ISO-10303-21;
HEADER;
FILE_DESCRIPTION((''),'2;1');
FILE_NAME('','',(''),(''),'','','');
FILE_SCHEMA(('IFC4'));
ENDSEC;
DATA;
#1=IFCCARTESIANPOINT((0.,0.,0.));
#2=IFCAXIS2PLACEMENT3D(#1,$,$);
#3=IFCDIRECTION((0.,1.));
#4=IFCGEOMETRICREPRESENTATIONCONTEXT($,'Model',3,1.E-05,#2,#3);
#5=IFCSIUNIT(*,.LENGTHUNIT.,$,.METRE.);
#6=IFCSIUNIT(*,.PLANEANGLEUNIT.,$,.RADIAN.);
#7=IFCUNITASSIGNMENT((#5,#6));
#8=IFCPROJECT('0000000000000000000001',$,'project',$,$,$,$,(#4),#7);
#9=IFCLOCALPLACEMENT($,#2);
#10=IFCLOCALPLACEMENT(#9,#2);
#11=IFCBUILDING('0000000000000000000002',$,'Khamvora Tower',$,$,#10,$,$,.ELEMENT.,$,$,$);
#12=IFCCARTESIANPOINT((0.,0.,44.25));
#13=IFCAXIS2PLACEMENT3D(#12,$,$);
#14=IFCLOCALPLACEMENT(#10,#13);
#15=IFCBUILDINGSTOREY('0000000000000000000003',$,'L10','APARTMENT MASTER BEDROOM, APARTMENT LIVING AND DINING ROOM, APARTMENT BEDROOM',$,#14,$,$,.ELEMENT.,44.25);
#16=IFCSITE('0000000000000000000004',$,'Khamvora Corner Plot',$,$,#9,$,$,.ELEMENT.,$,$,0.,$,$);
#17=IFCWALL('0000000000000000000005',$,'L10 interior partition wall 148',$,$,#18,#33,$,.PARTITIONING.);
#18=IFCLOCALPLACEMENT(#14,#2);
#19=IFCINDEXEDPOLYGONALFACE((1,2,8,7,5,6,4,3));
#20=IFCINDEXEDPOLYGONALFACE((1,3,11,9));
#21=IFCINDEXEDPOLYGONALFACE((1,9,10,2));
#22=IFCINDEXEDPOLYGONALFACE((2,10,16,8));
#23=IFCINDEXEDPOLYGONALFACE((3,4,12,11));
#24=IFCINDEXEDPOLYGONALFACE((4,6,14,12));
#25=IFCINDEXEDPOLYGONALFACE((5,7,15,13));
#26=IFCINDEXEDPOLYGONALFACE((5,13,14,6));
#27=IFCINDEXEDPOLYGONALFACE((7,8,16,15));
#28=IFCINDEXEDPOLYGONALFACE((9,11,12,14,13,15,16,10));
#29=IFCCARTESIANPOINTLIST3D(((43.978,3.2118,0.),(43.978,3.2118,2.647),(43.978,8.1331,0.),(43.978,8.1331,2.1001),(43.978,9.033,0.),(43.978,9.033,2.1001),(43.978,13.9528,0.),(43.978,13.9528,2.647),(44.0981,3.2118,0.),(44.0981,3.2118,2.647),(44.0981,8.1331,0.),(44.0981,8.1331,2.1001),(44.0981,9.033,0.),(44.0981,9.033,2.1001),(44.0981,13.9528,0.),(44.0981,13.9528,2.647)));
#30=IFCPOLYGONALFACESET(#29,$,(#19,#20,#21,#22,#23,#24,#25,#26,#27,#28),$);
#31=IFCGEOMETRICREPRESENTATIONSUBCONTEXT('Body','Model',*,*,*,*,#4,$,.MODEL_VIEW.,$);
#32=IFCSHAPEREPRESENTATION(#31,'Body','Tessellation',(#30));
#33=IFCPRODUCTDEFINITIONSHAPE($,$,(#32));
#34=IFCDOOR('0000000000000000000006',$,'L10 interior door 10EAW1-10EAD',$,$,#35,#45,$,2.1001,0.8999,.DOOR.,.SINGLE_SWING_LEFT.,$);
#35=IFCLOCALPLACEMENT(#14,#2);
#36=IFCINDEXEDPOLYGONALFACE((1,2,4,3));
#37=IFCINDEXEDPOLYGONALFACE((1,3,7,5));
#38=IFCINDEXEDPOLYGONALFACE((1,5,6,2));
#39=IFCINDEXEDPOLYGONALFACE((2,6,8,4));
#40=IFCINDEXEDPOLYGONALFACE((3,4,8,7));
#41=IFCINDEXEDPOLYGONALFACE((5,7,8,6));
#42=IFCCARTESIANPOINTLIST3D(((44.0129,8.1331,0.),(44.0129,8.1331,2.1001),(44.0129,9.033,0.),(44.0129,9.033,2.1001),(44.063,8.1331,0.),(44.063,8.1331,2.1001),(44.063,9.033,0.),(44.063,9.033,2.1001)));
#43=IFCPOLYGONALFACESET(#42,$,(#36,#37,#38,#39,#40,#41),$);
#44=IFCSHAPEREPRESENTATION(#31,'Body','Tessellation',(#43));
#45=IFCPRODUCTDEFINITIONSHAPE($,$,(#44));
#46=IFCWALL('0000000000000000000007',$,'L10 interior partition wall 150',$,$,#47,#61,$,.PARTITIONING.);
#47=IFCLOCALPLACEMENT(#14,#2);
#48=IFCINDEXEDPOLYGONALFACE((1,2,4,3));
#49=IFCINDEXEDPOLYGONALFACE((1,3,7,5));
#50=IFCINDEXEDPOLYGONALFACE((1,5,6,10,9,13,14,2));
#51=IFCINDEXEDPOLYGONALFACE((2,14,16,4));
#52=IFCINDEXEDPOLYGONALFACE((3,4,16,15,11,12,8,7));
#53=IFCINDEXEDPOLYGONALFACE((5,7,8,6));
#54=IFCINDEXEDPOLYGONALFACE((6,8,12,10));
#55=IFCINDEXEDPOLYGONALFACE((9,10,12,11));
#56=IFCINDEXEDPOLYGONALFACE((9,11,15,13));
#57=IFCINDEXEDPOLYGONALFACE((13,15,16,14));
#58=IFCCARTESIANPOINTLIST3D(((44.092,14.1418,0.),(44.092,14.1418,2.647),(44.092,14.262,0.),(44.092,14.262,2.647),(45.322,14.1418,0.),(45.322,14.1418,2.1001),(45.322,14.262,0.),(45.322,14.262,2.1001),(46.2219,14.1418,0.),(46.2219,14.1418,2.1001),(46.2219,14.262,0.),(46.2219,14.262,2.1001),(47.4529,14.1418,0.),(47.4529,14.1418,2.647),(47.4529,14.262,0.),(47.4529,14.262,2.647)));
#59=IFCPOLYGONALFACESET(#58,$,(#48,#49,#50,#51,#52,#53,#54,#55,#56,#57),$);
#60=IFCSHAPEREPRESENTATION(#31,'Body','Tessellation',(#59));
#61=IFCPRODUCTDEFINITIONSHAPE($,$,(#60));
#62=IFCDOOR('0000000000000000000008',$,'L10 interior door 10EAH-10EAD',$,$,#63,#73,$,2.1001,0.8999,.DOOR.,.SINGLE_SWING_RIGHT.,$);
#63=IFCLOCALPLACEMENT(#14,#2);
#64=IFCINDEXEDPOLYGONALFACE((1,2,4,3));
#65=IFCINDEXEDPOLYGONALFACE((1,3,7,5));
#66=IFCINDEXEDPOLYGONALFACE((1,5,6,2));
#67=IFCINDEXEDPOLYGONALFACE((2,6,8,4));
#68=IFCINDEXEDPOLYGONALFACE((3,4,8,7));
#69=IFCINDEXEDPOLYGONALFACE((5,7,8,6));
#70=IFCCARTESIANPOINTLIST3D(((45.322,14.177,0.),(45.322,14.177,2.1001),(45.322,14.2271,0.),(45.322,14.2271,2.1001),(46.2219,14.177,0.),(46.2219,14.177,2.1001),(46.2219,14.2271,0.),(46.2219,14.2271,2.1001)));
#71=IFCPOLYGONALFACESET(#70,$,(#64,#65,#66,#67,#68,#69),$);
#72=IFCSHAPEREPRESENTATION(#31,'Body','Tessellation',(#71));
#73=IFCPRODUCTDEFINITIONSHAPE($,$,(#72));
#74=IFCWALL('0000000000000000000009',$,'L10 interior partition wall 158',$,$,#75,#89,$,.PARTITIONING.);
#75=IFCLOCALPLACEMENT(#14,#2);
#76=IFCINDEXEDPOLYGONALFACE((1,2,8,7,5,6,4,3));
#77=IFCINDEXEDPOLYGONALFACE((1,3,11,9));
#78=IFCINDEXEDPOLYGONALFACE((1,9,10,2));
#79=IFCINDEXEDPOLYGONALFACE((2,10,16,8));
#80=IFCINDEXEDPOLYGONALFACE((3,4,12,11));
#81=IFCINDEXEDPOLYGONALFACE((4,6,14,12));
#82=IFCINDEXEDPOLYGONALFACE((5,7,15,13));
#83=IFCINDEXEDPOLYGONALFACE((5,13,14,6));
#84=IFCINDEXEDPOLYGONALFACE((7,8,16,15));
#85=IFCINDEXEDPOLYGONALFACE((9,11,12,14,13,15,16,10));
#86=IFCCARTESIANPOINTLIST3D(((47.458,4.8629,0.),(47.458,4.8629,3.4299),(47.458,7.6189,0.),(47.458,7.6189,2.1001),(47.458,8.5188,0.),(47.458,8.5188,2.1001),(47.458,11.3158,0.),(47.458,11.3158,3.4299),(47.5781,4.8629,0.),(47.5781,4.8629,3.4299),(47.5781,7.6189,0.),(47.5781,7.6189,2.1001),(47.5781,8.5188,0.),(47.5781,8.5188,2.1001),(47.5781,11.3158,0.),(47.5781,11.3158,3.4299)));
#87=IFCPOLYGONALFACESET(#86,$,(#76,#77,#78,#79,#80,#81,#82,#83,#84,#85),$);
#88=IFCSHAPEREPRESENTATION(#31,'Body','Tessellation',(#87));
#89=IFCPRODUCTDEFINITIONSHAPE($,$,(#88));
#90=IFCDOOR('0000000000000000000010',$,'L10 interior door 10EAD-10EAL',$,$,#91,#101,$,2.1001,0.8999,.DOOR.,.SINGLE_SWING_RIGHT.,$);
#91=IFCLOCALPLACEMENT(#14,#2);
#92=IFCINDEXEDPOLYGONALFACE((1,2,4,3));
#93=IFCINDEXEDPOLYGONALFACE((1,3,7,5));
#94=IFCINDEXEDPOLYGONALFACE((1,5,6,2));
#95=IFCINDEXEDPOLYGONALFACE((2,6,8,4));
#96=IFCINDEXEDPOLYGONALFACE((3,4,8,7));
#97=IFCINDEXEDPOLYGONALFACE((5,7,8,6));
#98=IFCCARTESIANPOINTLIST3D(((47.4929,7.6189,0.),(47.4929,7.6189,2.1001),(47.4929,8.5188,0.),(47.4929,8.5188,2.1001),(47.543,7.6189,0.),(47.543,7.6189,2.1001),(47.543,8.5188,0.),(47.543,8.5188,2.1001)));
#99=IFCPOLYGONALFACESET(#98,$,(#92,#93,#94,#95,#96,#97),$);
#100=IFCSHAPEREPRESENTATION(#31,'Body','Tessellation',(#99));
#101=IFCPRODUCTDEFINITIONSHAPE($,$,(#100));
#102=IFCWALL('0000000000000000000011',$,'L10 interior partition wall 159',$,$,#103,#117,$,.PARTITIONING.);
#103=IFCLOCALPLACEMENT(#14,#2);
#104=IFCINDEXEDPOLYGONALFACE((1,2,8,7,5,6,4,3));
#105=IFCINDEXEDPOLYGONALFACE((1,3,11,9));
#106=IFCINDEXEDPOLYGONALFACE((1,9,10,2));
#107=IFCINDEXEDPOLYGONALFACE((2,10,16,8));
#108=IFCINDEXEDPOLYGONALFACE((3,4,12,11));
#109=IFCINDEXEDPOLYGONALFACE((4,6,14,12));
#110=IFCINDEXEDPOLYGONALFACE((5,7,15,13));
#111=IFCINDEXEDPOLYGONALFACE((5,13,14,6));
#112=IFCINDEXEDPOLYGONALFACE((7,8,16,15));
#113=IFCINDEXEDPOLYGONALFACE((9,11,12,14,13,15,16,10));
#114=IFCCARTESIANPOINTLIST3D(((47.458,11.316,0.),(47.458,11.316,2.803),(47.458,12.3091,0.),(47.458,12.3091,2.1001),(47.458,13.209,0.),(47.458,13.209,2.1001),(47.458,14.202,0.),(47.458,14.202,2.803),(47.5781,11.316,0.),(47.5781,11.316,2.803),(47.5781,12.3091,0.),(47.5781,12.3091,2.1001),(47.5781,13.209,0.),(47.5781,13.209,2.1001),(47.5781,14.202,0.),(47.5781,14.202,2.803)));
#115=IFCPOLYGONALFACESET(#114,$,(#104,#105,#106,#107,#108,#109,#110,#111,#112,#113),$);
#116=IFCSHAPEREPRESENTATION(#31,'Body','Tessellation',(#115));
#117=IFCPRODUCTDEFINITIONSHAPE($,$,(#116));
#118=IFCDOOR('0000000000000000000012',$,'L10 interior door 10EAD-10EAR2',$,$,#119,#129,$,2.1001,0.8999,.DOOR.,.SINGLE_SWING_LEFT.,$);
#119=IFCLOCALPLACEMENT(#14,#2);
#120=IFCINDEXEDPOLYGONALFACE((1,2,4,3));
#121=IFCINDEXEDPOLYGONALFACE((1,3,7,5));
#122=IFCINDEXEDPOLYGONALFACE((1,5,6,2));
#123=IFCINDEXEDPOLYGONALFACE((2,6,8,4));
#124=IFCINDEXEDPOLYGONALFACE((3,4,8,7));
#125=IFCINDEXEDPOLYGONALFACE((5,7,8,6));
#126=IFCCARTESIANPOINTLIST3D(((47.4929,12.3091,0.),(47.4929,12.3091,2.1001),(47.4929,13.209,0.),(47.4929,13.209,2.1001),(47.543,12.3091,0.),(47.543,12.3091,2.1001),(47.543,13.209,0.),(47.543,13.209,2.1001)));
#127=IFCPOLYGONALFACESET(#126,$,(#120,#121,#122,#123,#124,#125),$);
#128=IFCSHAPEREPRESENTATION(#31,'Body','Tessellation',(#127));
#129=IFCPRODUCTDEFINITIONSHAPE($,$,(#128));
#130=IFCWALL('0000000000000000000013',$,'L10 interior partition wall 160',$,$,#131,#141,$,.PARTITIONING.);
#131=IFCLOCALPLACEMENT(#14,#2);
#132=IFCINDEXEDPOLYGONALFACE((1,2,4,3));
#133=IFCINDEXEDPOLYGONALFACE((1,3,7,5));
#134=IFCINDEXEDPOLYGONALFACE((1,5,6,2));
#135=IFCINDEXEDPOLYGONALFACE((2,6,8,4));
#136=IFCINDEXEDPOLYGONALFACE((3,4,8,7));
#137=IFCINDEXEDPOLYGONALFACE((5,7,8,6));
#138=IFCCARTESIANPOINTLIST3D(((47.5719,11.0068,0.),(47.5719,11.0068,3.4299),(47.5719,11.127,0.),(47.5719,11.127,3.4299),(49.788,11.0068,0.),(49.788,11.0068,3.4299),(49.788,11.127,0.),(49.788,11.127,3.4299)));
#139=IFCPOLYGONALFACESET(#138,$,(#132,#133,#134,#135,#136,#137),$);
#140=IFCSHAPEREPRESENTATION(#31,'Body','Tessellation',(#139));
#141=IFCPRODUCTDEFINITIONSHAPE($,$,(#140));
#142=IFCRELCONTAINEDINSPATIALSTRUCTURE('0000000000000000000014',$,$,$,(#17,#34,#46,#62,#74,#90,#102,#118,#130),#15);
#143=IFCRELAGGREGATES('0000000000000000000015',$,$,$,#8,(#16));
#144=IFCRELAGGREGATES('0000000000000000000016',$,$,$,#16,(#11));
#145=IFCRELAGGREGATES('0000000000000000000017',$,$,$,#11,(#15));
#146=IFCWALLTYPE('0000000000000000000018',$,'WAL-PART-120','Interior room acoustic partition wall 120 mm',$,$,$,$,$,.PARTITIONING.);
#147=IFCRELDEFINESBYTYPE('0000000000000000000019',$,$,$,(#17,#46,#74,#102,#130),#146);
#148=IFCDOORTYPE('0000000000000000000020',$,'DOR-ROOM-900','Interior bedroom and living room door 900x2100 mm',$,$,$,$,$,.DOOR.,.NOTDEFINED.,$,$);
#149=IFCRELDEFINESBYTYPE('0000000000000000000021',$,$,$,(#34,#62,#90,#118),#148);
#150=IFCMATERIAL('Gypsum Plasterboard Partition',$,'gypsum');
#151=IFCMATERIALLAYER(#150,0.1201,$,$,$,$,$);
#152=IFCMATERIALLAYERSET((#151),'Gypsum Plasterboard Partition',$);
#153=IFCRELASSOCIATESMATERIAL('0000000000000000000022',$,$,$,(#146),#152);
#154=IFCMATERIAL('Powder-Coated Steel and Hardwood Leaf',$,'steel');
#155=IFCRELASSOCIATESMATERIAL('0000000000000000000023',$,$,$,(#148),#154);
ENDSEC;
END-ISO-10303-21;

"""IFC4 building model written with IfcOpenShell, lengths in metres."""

from ifc_helpers import new_model, si_unit, direction, frame, frame_2d, origin, place, context, subcontext, project, spatial, rectangle, extrude, material, layer, layer_set, type_object, element, fill, save


model = new_model("IFC4")

# Units and contexts
model_context = context("Model", 3, precision=1e-05, world=origin(), true_north=direction((0.0, 1.0)))
body_context = subcontext(model_context, "Body", "Model", "MODEL_VIEW")
ifc_project = project(units=[si_unit("LENGTHUNIT", "METRE"), si_unit("PLANEANGLEUNIT", "RADIAN")], contexts=[model_context])

# Site, building, storey
site_placement = place(None, origin())
site = spatial("IfcSite", under=ifc_project, at=site_placement, Name="Khamvora Corner Plot", CompositionType="ELEMENT", RefElevation=0.0)
building_placement = place(site_placement, origin())
building = spatial("IfcBuilding", under=site, at=building_placement, Name="Khamvora Tower", CompositionType="ELEMENT")
storey_placement = place(building_placement, frame((0.0, 0.0, 44.25)))
storey = spatial("IfcBuildingStorey", under=building, at=storey_placement, Name="L10", Description="APARTMENT MASTER BEDROOM, APARTMENT LIVING AND DINING ROOM, APARTMENT BEDROOM", CompositionType="ELEMENT", Elevation=44.25)

# Walls, openings, doors
ifc_material_1 = material(Name="Gypsum Plasterboard Partition", Category="gypsum")
ifc_layer_1 = layer(ifc_material_1, 0.1201)
ifc_layer_set_1 = layer_set([ifc_layer_1], Name="Gypsum Plasterboard Partition")
wall_type_1 = type_object("IfcWallType", Name="WAL-PART-120", Description="Interior room acoustic partition wall 120 mm", PredefinedType="PARTITIONING", material=ifc_layer_set_1)
wall_1_placement = place(storey_placement, frame((44.0381, 13.9529, 0.0), z_axis=(0.0, 0.0, 1.0), x_axis=(0.0, -1.0, 0.0)))
wall_1 = element("IfcWall", 1, at=wall_1_placement, inside=storey, type_object=wall_type_1, Name="L10 interior partition wall 148", PredefinedType="PARTITIONING", context=body_context, shape_type="SweptSolid", body=[
    extrude(rectangle(XDim=10.741, YDim=0.1201, at=frame_2d((5.3706, 0.0))), origin(), (0.0, 0.0, 1.0), 2.647),
])
opening_1_placement = place(wall_1_placement, frame((4.9199, 0.0, 0.0)))
opening_1 = element("IfcOpeningElement", 2, at=opening_1_placement, cuts=wall_1, PredefinedType="OPENING", context=body_context, shape_type="SweptSolid", body=[
    extrude(rectangle(XDim=0.8999, YDim=2.1001, at=frame_2d((0.45, 1.05))), frame((0.0, 0.0701, 0.0), z_axis=(0.0, -1.0, 0.0), x_axis=(1.0, 0.0, 0.0)), (0.0, 0.0, 1.0), 0.1401),
])
ifc_material_2 = material(Name="Powder-Coated Steel and Hardwood Leaf", Category="steel")
door_type = type_object("IfcDoorType", Name="DOR-ROOM-900", Description="Interior bedroom and living room door 900x2100 mm", OperationType="NOTDEFINED", PredefinedType="DOOR", material=ifc_material_2)
door_1_placement = place(opening_1_placement, origin())
door_1 = element("IfcDoor", 3, at=door_1_placement, inside=storey, type_object=door_type, Name="L10 interior door 10EAW1-10EAD", OperationType="SINGLE_SWING_LEFT", OverallHeight=2.1001, OverallWidth=0.8999, PredefinedType="DOOR", context=body_context, shape_type="SweptSolid", body=[
    extrude(rectangle(XDim=0.8999, YDim=2.1001, at=frame_2d((0.45, 1.05))), frame((0.0, 0.0249, 0.0), z_axis=(0.0, -1.0, 0.0), x_axis=(1.0, 0.0, 0.0)), (0.0, 0.0, 1.0), 0.05),
])
fill(opening_1, door_1)
wall_2_placement = place(storey_placement, frame((47.4529, 14.2019, 0.0), z_axis=(0.0, 0.0, 1.0), x_axis=(-1.0, 0.0, 0.0)))
wall_2 = element("IfcWall", 4, at=wall_2_placement, inside=storey, type_object=wall_type_1, Name="L10 interior partition wall 150", PredefinedType="PARTITIONING", context=body_context, shape_type="SweptSolid", body=[
    extrude(rectangle(XDim=3.3608, YDim=0.1201, at=frame_2d((1.6804, 0.0))), origin(), (0.0, 0.0, 1.0), 2.647),
])
opening_2_placement = place(wall_2_placement, frame((1.231, 0.0, 0.0)))
opening_2 = element("IfcOpeningElement", 5, at=opening_2_placement, cuts=wall_2, PredefinedType="OPENING", context=body_context, shape_type="SweptSolid", body=[
    extrude(rectangle(XDim=0.8999, YDim=2.1001, at=frame_2d((0.45, 1.05))), frame((0.0, 0.0701, 0.0), z_axis=(0.0, -1.0, 0.0), x_axis=(1.0, 0.0, 0.0)), (0.0, 0.0, 1.0), 0.1401),
])
door_2_placement = place(opening_2_placement, origin())
door_2 = element("IfcDoor", 6, at=door_2_placement, inside=storey, type_object=door_type, Name="L10 interior door 10EAH-10EAD", OperationType="SINGLE_SWING_RIGHT", OverallHeight=2.1001, OverallWidth=0.8999, PredefinedType="DOOR", context=body_context, shape_type="SweptSolid", body=[
    extrude(rectangle(XDim=0.8999, YDim=2.1001, at=frame_2d((0.45, 1.05))), frame((0.0, 0.0249, 0.0), z_axis=(0.0, -1.0, 0.0), x_axis=(1.0, 0.0, 0.0)), (0.0, 0.0, 1.0), 0.05),
])
fill(opening_2, door_2)
wall_3_placement = place(storey_placement, frame((47.5181, 11.3159, 0.0), z_axis=(0.0, 0.0, 1.0), x_axis=(0.0, -1.0, 0.0)))
wall_3 = element("IfcWall", 7, at=wall_3_placement, inside=storey, type_object=wall_type_1, Name="L10 interior partition wall 158", PredefinedType="PARTITIONING", context=body_context, shape_type="SweptSolid", body=[
    extrude(rectangle(XDim=6.4529, YDim=0.1201, at=frame_2d((3.2266, 0.0))), origin(), (0.0, 0.0, 1.0), 3.4299),
])
opening_3_placement = place(wall_3_placement, frame((2.7971, 0.0, 0.0)))
opening_3 = element("IfcOpeningElement", 8, at=opening_3_placement, cuts=wall_3, PredefinedType="OPENING", context=body_context, shape_type="SweptSolid", body=[
    extrude(rectangle(XDim=0.8999, YDim=2.1001, at=frame_2d((0.45, 1.05))), frame((0.0, 0.0701, 0.0), z_axis=(0.0, -1.0, 0.0), x_axis=(1.0, 0.0, 0.0)), (0.0, 0.0, 1.0), 0.1401),
])
door_3_placement = place(opening_3_placement, origin())
door_3 = element("IfcDoor", 9, at=door_3_placement, inside=storey, type_object=door_type, Name="L10 interior door 10EAD-10EAL", OperationType="SINGLE_SWING_RIGHT", OverallHeight=2.1001, OverallWidth=0.8999, PredefinedType="DOOR", context=body_context, shape_type="SweptSolid", body=[
    extrude(rectangle(XDim=0.8999, YDim=2.1001, at=frame_2d((0.45, 1.05))), frame((0.0, 0.0249, 0.0), z_axis=(0.0, -1.0, 0.0), x_axis=(1.0, 0.0, 0.0)), (0.0, 0.0, 1.0), 0.05),
])
fill(opening_3, door_3)
wall_4_placement = place(storey_placement, frame((47.5181, 14.2019, 0.0), z_axis=(0.0, 0.0, 1.0), x_axis=(0.0, -1.0, 0.0)))
wall_4 = element("IfcWall", 10, at=wall_4_placement, inside=storey, type_object=wall_type_1, Name="L10 interior partition wall 159", PredefinedType="PARTITIONING", context=body_context, shape_type="SweptSolid", body=[
    extrude(rectangle(XDim=2.886, YDim=0.1201, at=frame_2d((1.4429, 0.0))), origin(), (0.0, 0.0, 1.0), 2.803),
])
opening_4_placement = place(wall_4_placement, frame((0.9929, 0.0, 0.0)))
opening_4 = element("IfcOpeningElement", 11, at=opening_4_placement, cuts=wall_4, PredefinedType="OPENING", context=body_context, shape_type="SweptSolid", body=[
    extrude(rectangle(XDim=0.8999, YDim=2.1001, at=frame_2d((0.45, 1.05))), frame((0.0, 0.0701, 0.0), z_axis=(0.0, -1.0, 0.0), x_axis=(1.0, 0.0, 0.0)), (0.0, 0.0, 1.0), 0.1401),
])
door_4_placement = place(opening_4_placement, origin())
door_4 = element("IfcDoor", 12, at=door_4_placement, inside=storey, type_object=door_type, Name="L10 interior door 10EAD-10EAR2", OperationType="SINGLE_SWING_LEFT", OverallHeight=2.1001, OverallWidth=0.8999, PredefinedType="DOOR", context=body_context, shape_type="SweptSolid", body=[
    extrude(rectangle(XDim=0.8999, YDim=2.1001, at=frame_2d((0.45, 1.05))), frame((0.0, 0.0249, 0.0), z_axis=(0.0, -1.0, 0.0), x_axis=(1.0, 0.0, 0.0)), (0.0, 0.0, 1.0), 0.05),
])
fill(opening_4, door_4)

# Wall
wall_5_placement = place(storey_placement, frame((47.572, 11.0669, 0.0), z_axis=(0.0, 0.0, 1.0), x_axis=(1.0, 0.0, 0.0)))
element("IfcWall", 13, at=wall_5_placement, inside=storey, type_object=wall_type_1, Name="L10 interior partition wall 160", PredefinedType="PARTITIONING", context=body_context, shape_type="SweptSolid", body=[
    extrude(rectangle(XDim=2.2161, YDim=0.1201, at=frame_2d((1.1079, 0.0))), origin(), (0.0, 0.0, 1.0), 3.4299),
])

save(model, "model.ifc")
